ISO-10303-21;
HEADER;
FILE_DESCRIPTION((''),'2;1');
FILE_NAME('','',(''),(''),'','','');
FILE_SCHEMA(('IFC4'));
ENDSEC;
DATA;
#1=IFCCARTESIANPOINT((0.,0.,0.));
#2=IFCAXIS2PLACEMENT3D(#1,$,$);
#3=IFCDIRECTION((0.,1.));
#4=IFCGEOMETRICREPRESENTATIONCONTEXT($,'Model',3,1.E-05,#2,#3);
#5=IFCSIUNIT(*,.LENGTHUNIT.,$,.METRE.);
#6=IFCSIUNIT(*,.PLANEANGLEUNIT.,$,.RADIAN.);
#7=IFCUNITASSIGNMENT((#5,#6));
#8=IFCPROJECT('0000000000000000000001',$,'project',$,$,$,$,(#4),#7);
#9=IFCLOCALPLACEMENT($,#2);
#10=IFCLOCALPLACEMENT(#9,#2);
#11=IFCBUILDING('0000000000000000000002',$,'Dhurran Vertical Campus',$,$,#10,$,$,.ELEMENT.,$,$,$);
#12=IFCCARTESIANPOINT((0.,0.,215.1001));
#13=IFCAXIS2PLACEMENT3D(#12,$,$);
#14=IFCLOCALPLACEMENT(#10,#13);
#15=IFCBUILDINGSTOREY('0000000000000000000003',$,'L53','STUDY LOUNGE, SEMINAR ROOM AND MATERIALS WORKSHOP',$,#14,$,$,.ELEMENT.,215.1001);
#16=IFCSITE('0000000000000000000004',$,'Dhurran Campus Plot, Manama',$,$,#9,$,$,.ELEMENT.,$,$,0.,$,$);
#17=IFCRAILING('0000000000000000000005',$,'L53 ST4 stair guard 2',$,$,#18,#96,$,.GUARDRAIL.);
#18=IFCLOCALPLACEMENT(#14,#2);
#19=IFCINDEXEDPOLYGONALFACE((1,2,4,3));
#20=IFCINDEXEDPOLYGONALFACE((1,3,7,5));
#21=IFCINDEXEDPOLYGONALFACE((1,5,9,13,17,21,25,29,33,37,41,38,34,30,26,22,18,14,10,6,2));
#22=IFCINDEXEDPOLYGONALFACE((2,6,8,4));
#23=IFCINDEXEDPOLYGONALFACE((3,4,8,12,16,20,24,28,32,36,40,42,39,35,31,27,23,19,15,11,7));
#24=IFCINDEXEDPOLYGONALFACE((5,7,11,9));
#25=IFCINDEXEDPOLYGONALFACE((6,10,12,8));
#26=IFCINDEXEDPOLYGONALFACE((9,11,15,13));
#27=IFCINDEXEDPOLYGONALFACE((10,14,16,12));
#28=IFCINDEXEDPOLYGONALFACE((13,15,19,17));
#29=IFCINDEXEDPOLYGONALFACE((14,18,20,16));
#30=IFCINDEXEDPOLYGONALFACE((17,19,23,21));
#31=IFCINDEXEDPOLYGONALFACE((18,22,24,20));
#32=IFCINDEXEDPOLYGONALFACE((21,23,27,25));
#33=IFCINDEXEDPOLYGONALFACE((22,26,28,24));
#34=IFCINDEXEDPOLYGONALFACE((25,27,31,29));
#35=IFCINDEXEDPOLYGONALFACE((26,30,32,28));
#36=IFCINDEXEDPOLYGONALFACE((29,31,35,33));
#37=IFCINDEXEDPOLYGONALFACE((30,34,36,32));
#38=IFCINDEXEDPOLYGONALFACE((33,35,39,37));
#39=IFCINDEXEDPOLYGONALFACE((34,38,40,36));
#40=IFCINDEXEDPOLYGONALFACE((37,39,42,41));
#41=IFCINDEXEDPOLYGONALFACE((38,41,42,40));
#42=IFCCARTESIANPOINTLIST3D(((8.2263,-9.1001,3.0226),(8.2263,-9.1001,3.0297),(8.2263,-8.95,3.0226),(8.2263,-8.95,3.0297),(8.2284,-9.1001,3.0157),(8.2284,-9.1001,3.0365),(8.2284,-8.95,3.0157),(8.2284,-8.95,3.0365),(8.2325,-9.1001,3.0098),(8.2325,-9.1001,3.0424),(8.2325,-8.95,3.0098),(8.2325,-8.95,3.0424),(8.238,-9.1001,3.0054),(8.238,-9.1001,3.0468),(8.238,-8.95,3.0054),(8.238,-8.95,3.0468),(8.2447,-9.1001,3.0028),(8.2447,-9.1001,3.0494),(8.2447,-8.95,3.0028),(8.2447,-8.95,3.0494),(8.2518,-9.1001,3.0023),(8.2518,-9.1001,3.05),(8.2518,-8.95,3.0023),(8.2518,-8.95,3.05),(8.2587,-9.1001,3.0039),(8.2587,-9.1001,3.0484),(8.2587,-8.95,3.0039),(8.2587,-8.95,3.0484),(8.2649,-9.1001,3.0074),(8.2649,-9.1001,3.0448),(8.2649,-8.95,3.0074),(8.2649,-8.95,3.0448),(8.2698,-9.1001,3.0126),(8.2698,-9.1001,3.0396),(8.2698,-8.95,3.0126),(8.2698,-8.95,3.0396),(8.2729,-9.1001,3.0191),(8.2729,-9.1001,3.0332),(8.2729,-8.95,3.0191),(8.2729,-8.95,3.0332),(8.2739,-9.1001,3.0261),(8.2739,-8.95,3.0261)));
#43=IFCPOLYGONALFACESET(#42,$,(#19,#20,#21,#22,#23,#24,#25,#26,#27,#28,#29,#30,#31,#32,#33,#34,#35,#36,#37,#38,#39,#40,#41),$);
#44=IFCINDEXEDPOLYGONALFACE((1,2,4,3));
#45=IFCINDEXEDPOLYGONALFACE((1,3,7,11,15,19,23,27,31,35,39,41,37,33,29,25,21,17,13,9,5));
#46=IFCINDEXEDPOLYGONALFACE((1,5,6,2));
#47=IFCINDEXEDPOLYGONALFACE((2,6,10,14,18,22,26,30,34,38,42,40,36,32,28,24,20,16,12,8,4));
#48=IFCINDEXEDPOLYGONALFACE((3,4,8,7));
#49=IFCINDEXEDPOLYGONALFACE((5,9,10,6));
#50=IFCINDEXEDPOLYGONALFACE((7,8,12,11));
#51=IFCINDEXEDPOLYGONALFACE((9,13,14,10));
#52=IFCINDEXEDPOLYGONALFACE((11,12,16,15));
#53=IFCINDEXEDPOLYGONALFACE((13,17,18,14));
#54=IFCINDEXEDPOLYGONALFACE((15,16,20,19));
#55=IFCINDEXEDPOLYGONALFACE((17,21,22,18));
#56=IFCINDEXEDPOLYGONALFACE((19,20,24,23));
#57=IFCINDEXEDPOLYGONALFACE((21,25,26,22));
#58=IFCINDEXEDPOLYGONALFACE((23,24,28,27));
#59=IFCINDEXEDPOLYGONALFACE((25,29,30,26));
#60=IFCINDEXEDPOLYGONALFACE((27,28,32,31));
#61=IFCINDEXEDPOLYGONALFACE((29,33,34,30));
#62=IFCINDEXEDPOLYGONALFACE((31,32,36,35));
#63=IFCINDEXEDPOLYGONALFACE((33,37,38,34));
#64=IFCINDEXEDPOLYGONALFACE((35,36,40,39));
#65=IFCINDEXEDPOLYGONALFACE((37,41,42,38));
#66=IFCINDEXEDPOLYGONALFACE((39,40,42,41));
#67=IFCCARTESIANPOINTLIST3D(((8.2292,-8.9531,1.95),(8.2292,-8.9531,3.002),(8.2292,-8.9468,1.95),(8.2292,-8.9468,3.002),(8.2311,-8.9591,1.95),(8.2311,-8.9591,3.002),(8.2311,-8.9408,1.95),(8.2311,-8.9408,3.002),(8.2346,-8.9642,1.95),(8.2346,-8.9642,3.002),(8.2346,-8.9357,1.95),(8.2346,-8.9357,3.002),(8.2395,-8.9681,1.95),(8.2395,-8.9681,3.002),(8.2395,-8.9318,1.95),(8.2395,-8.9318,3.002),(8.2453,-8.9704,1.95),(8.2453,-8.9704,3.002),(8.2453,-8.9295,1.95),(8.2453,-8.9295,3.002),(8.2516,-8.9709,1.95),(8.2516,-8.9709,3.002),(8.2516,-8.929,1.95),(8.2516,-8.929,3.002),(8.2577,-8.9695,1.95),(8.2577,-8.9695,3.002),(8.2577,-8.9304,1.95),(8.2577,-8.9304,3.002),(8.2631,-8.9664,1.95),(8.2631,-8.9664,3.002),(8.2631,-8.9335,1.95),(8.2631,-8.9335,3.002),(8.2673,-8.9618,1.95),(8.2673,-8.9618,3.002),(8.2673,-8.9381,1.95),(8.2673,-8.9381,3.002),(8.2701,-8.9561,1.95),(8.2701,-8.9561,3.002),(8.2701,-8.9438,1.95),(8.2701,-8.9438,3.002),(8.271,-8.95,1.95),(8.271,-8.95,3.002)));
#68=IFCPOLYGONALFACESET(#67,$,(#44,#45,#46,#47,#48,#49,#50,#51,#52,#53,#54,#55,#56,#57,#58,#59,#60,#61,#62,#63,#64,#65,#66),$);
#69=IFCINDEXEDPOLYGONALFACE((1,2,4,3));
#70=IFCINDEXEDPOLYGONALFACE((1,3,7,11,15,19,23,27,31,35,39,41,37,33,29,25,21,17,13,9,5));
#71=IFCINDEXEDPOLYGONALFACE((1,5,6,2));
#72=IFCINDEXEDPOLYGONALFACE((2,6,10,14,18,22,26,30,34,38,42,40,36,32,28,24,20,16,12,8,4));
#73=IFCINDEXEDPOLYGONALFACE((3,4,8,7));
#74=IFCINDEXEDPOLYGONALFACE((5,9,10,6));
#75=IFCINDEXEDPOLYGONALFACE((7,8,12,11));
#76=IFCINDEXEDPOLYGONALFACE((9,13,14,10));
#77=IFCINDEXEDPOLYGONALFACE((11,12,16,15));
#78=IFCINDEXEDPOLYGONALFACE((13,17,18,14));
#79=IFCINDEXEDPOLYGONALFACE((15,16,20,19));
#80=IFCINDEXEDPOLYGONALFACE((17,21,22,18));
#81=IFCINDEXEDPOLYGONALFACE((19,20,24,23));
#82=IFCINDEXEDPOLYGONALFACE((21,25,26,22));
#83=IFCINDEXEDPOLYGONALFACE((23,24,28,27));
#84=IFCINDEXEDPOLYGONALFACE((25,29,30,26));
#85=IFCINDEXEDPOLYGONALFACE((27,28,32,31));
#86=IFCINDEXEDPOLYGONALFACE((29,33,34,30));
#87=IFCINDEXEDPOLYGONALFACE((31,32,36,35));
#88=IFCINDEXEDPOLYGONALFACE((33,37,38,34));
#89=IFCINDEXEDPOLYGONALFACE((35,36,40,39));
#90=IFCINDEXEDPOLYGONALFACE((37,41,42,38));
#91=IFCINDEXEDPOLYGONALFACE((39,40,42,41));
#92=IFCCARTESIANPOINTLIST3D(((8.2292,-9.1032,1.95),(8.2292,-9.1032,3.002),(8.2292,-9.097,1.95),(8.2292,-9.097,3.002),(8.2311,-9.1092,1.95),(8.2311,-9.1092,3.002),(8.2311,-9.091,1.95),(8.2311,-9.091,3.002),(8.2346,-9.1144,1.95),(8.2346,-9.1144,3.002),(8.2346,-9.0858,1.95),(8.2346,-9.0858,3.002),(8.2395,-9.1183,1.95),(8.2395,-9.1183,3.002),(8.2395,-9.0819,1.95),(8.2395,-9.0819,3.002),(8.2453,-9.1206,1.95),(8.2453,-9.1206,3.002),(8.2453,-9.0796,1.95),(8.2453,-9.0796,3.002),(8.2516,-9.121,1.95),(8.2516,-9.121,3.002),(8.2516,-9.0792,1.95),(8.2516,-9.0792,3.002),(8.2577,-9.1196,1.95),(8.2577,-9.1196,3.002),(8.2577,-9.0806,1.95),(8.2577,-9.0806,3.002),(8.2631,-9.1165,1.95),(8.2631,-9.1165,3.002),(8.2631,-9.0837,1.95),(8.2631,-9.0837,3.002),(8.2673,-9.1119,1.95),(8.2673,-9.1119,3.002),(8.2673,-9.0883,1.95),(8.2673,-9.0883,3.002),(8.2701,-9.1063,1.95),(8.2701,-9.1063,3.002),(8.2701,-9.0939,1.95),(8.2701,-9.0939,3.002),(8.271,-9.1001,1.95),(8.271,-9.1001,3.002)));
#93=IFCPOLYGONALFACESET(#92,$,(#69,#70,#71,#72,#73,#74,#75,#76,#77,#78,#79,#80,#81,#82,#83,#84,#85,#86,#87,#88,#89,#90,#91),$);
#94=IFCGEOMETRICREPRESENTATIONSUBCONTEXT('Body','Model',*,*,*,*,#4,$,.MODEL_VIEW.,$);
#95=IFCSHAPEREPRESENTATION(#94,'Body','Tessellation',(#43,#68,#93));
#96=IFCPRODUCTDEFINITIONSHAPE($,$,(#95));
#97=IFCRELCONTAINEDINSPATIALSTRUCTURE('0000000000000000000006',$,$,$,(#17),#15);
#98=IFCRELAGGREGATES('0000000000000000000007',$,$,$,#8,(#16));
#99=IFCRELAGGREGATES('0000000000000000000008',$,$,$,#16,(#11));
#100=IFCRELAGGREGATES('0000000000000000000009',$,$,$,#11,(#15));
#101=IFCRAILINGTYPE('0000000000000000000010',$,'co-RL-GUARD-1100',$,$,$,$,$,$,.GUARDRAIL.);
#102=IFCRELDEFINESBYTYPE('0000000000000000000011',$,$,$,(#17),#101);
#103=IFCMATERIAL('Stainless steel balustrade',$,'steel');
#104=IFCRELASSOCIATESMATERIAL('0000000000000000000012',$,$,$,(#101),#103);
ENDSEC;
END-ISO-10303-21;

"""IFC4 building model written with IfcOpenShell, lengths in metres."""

from ifc_helpers import new_model, si_unit, direction, frame, origin, origin_2d, place, context, subcontext, project, spatial, circle, extrude, material, type_object, element, save


model = new_model("IFC4")

# Units and contexts
model_context = context("Model", 3, precision=1e-05, world=origin(), true_north=direction((0.0, 1.0)))
body_context = subcontext(model_context, "Body", "Model", "MODEL_VIEW")
ifc_project = project(units=[si_unit("LENGTHUNIT", "METRE"), si_unit("PLANEANGLEUNIT", "RADIAN")], contexts=[model_context])

# Site, building, storey
site_placement = place(None, origin())
site = spatial("IfcSite", under=ifc_project, at=site_placement, Name="Dhurran Campus Plot, Manama", CompositionType="ELEMENT", RefElevation=0.0)
building_placement = place(site_placement, origin())
building = spatial("IfcBuilding", under=site, at=building_placement, Name="Dhurran Vertical Campus", CompositionType="ELEMENT")
storey_placement = place(building_placement, frame((0.0, 0.0, 215.1001)))
storey = spatial("IfcBuildingStorey", under=building, at=storey_placement, Name="L53", Description="STUDY LOUNGE, SEMINAR ROOM AND MATERIALS WORKSHOP", CompositionType="ELEMENT", Elevation=215.1001)

# Railing
ifc_material_1 = material(Name="Stainless steel balustrade", Category="steel")
railing_type_1 = type_object("IfcRailingType", Name="co-RL-GUARD-1100", PredefinedType="GUARDRAIL", material=ifc_material_1)
railing_1_placement = place(storey_placement, frame((8.25, -8.95, 1.95)))
element("IfcRailing", 1, at=railing_1_placement, inside=storey, type_object=railing_type_1, Name="L53 ST4 stair guard 2", PredefinedType="GUARDRAIL", context=body_context, shape_type="SweptSolid", body=[
    extrude(circle(Radius=0.0239, at=origin_2d()), frame((0.0, 0.0, 1.0762), z_axis=(0.0, -1.0, 0.0), x_axis=(1.0, 0.0, 0.0)), (0.0, 0.0, 1.0), 0.1501),
    extrude(circle(Radius=0.021, at=origin_2d()), origin(), (0.0, 0.0, 1.0), 1.052),
    extrude(circle(Radius=0.021, at=origin_2d()), frame((0.0, -0.1501, 0.0)), (0.0, 0.0, 1.0), 1.052),
])

save(model, "model.ifc")
